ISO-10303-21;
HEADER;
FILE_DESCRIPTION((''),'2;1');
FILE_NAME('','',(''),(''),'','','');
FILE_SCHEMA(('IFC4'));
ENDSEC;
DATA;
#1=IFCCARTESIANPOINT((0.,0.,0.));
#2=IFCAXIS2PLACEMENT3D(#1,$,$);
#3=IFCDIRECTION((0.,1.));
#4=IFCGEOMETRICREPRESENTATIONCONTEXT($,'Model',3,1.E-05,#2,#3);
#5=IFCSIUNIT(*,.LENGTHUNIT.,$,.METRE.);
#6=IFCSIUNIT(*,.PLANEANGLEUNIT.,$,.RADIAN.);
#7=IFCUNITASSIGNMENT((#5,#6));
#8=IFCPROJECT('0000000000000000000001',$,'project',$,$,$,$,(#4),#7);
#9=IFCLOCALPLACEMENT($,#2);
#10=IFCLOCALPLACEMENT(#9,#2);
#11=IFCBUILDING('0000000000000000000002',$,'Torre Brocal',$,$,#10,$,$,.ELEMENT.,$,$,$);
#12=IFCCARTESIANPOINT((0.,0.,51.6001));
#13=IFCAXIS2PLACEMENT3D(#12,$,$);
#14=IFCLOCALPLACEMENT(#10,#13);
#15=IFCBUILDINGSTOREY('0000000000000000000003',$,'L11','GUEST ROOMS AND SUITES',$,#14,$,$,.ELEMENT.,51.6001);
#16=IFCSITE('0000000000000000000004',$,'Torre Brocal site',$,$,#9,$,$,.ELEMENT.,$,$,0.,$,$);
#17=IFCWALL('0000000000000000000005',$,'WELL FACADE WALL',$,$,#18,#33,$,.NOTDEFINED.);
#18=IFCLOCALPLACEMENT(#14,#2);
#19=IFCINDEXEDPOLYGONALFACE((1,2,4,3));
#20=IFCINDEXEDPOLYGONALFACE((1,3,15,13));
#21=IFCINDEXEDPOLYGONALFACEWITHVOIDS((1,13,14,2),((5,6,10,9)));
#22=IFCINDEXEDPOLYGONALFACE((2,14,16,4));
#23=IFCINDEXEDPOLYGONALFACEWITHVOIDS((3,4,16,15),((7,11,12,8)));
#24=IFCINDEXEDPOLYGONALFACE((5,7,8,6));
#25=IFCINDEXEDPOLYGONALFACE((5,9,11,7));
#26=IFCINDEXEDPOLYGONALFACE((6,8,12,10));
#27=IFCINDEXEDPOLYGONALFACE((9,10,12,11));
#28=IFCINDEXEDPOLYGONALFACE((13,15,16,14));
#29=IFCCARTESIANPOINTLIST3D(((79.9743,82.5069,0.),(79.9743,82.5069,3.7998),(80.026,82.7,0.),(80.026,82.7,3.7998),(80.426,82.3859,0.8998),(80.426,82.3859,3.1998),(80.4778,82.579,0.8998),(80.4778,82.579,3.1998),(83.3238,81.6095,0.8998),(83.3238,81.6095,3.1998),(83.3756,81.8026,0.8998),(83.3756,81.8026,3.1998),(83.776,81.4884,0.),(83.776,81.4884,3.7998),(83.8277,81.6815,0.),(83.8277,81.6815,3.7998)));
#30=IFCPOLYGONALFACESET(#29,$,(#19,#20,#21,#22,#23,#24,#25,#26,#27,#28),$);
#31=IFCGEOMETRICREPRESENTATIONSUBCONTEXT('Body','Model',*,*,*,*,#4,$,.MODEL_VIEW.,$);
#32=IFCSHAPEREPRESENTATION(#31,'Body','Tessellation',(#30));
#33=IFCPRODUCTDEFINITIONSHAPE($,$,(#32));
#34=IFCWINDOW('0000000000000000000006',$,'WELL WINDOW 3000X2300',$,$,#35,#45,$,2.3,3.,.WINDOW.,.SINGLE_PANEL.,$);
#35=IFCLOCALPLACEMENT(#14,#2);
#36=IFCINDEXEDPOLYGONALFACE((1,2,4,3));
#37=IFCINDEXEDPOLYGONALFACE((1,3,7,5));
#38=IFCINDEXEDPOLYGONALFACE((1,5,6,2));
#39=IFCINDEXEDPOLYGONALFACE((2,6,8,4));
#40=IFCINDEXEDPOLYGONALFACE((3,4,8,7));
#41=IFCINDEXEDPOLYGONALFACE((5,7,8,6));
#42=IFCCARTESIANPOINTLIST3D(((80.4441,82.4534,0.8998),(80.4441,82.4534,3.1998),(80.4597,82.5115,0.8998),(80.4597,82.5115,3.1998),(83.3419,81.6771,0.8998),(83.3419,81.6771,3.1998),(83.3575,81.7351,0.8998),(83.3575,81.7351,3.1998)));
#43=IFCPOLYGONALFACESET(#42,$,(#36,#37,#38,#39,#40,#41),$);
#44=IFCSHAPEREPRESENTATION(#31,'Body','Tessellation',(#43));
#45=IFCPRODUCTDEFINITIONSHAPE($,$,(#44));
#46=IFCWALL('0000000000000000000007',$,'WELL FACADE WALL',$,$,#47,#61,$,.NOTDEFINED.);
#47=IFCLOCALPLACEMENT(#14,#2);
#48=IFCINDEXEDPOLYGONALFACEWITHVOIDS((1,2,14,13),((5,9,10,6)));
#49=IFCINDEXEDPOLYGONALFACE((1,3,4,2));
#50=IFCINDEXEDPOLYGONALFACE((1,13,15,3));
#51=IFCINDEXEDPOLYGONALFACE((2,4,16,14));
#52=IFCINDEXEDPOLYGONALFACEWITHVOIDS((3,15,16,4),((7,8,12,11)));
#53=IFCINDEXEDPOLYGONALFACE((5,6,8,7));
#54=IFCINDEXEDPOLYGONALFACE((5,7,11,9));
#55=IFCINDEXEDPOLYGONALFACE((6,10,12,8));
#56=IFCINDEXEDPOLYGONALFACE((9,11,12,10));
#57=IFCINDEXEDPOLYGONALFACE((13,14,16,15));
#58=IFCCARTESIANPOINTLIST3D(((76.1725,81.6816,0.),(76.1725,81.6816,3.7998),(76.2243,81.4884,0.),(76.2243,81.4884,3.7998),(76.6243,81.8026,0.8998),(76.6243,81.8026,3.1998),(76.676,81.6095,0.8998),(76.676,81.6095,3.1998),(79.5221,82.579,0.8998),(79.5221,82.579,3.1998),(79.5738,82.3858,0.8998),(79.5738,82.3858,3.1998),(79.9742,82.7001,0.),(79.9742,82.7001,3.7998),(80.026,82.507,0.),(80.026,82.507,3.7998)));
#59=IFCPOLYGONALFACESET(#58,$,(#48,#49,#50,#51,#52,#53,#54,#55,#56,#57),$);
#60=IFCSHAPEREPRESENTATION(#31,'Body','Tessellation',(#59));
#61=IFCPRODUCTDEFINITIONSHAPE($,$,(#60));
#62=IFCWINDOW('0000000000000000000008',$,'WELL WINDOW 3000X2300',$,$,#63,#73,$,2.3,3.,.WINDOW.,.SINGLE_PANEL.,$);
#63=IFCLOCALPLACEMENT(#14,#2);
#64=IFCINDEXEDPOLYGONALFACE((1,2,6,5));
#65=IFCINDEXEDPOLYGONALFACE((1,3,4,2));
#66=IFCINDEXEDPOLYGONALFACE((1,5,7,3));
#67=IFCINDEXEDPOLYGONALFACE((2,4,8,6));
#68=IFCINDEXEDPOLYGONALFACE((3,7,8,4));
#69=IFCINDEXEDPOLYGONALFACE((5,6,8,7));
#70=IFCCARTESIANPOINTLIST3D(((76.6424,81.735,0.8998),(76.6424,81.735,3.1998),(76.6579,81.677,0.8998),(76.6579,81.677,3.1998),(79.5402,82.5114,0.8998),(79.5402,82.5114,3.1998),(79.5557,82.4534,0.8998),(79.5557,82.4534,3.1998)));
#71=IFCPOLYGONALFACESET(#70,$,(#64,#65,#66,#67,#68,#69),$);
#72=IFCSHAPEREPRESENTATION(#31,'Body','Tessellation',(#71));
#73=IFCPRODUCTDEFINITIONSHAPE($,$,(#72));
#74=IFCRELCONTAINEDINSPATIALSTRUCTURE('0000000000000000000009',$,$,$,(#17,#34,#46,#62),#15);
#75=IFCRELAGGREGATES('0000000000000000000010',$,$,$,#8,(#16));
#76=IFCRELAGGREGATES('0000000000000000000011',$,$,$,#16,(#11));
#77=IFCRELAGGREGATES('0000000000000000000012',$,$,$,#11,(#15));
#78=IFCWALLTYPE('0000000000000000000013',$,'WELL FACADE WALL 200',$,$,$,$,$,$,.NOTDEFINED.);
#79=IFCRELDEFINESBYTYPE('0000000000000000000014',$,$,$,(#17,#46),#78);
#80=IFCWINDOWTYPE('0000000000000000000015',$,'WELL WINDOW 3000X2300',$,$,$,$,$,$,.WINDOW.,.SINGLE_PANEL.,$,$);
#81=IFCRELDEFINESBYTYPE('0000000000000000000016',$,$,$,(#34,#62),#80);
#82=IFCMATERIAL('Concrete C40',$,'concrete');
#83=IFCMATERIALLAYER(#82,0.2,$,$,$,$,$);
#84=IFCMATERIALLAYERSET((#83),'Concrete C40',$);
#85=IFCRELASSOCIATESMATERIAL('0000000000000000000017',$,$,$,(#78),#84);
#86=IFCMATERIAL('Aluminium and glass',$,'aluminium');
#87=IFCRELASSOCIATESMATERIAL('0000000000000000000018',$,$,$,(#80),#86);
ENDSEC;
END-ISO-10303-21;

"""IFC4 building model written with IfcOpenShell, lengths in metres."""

from ifc_helpers import new_model, si_unit, direction, frame, frame_2d, origin, place, context, subcontext, project, spatial, rectangle, extrude, material, layer, layer_set, type_object, element, fill, save


model = new_model("IFC4")

# Units and contexts
model_context = context("Model", 3, precision=1e-05, world=origin(), true_north=direction((0.0, 1.0)))
body_context = subcontext(model_context, "Body", "Model", "MODEL_VIEW")
ifc_project = project(units=[si_unit("LENGTHUNIT", "METRE"), si_unit("PLANEANGLEUNIT", "RADIAN")], contexts=[model_context])

# Site, building, storey
site_placement = place(None, origin())
site = spatial("IfcSite", under=ifc_project, at=site_placement, Name="Torre Brocal site", CompositionType="ELEMENT", RefElevation=0.0)
building_placement = place(site_placement, origin())
building = spatial("IfcBuilding", under=site, at=building_placement, Name="Torre Brocal", CompositionType="ELEMENT")
storey_placement = place(building_placement, frame((0.0, 0.0, 51.6001)))
storey = spatial("IfcBuildingStorey", under=building, at=storey_placement, Name="L11", Description="GUEST ROOMS AND SUITES", CompositionType="ELEMENT", Elevation=51.6001)

# Walls, openings, windows
ifc_material_1 = material(Name="Concrete C40", Category="concrete")
ifc_layer_1 = layer(ifc_material_1, 0.2)
ifc_layer_set_1 = layer_set([ifc_layer_1], Name="Concrete C40")
wall_type_1 = type_object("IfcWallType", Name="WELL FACADE WALL 200", PredefinedType="NOTDEFINED", material=ifc_layer_set_1)
ifc_material_2 = material(Name="Aluminium and glass", Category="aluminium")
window_type = type_object("IfcWindowType", Name="WELL WINDOW 3000X2300", PartitioningType="SINGLE_PANEL", PredefinedType="WINDOW", material=ifc_material_2)
wall_1_placement = place(storey_placement, frame((83.8018, 81.585, 0.0), z_axis=(0.0, 0.0, 1.0), x_axis=(-0.965934, 0.25879, 0.0)))
wall_1 = element("IfcWall", 1, at=wall_1_placement, inside=storey, type_object=wall_type_1, Name="WELL FACADE WALL", PredefinedType="NOTDEFINED", context=body_context, shape_type="SweptSolid", body=[
    extrude(rectangle(XDim=3.9358, YDim=0.2, at=frame_2d((1.9678, 0.0))), origin(), (0.0, 0.0, 1.0), 3.7998),
])
opening_1_placement = place(wall_1_placement, frame((0.468, 0.0, 0.8999)))
opening_1 = element("IfcOpeningElement", 2, at=opening_1_placement, cuts=wall_1, PredefinedType="OPENING", context=body_context, shape_type="SweptSolid", body=[
    extrude(rectangle(XDim=3.0, YDim=2.3, at=frame_2d((1.5, 1.1499))), frame((0.0, 0.1099, 0.0), z_axis=(0.0, -1.0, 0.0), x_axis=(1.0, 0.0, 0.0)), (0.0, 0.0, 1.0), 0.22),
])
window_1_placement = place(opening_1_placement, origin())
window_1 = element("IfcWindow", 3, at=window_1_placement, inside=storey, type_object=window_type, Name="WELL WINDOW 3000X2300", OverallHeight=2.3, OverallWidth=3.0, PartitioningType="SINGLE_PANEL", PredefinedType="WINDOW", context=body_context, shape_type="SweptSolid", body=[
    extrude(rectangle(XDim=3.0, YDim=2.3, at=frame_2d((1.5, 1.1499))), frame((0.0, 0.03, 0.0), z_axis=(0.0, -1.0, 0.0), x_axis=(1.0, 0.0, 0.0)), (0.0, 0.0, 1.0), 0.0601),
])
fill(opening_1, window_1)
wall_2_placement = place(storey_placement, frame((80.0, 82.6035, 0.0), z_axis=(0.0, 0.0, 1.0), x_axis=(-0.965934, -0.25879, 0.0)))
wall_2 = element("IfcWall", 4, at=wall_2_placement, inside=storey, type_object=wall_type_1, Name="WELL FACADE WALL", PredefinedType="NOTDEFINED", context=body_context, shape_type="SweptSolid", body=[
    extrude(rectangle(XDim=3.9358, YDim=0.2, at=frame_2d((1.9678, 0.0))), origin(), (0.0, 0.0, 1.0), 3.7998),
])
opening_2_placement = place(wall_2_placement, frame((0.468, 0.0, 0.8999)))
opening_2 = element("IfcOpeningElement", 5, at=opening_2_placement, cuts=wall_2, PredefinedType="OPENING", context=body_context, shape_type="SweptSolid", body=[
    extrude(rectangle(XDim=3.0, YDim=2.3, at=frame_2d((1.5, 1.1499))), frame((0.0, 0.1099, 0.0), z_axis=(0.0, -1.0, 0.0), x_axis=(1.0, 0.0, 0.0)), (0.0, 0.0, 1.0), 0.22),
])
window_2_placement = place(opening_2_placement, origin())
window_2 = element("IfcWindow", 6, at=window_2_placement, inside=storey, type_object=window_type, Name="WELL WINDOW 3000X2300", OverallHeight=2.3, OverallWidth=3.0, PartitioningType="SINGLE_PANEL", PredefinedType="WINDOW", context=body_context, shape_type="SweptSolid", body=[
    extrude(rectangle(XDim=3.0, YDim=2.3, at=frame_2d((1.5, 1.1499))), frame((0.0, 0.03, 0.0), z_axis=(0.0, -1.0, 0.0), x_axis=(1.0, 0.0, 0.0)), (0.0, 0.0, 1.0), 0.0601),
])
fill(opening_2, window_2)

save(model, "model.ifc")
